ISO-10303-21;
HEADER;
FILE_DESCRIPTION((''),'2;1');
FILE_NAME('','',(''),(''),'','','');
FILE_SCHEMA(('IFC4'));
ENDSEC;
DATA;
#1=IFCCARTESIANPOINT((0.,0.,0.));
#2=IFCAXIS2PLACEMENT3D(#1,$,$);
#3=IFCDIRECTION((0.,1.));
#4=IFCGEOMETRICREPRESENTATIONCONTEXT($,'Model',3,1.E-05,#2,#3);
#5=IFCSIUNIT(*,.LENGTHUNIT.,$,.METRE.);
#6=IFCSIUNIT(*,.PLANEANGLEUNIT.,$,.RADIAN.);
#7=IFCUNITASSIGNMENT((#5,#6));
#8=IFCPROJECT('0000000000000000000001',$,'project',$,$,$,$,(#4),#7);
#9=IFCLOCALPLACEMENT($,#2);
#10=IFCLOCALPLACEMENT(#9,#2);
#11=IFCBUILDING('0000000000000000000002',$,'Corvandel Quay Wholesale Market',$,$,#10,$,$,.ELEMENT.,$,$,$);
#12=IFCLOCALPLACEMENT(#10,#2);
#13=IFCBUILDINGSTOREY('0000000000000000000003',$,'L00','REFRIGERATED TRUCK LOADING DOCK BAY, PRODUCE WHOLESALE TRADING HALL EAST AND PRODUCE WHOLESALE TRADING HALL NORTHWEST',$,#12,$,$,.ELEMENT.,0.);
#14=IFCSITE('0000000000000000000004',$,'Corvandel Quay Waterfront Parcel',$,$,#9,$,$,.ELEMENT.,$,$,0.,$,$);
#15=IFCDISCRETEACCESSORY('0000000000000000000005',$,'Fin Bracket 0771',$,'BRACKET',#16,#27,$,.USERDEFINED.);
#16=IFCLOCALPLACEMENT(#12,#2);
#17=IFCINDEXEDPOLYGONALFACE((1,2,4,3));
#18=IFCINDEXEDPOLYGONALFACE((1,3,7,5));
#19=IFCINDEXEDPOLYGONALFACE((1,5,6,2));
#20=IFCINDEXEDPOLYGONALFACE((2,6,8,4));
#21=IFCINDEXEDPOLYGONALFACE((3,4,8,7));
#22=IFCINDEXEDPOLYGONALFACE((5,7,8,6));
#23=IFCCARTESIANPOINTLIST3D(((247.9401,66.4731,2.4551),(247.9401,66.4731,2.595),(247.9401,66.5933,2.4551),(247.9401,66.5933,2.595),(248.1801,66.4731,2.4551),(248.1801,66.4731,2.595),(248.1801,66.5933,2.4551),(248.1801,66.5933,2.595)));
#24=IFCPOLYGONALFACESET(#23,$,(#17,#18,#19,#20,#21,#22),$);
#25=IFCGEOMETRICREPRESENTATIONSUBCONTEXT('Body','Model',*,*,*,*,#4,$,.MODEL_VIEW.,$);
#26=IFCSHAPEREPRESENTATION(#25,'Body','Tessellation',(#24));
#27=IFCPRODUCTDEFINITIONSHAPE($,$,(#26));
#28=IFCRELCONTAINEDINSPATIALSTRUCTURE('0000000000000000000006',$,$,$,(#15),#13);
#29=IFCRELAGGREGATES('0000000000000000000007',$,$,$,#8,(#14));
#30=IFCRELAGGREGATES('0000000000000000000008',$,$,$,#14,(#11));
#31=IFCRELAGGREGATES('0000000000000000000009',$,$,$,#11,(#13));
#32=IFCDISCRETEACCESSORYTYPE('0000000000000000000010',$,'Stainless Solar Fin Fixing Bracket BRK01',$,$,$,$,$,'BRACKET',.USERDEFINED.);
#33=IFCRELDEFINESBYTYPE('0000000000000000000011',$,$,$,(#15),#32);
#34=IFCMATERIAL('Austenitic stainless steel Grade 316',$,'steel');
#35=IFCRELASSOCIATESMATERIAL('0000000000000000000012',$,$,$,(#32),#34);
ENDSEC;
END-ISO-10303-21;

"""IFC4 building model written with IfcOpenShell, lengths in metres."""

from ifc_helpers import new_model, si_unit, direction, frame, origin, origin_2d, place, context, subcontext, project, spatial, rectangle, extrude, material, type_object, element, save


model = new_model("IFC4")

# Units and contexts
model_context = context("Model", 3, precision=1e-05, world=origin(), true_north=direction((0.0, 1.0)))
body_context = subcontext(model_context, "Body", "Model", "MODEL_VIEW")
ifc_project = project(units=[si_unit("LENGTHUNIT", "METRE"), si_unit("PLANEANGLEUNIT", "RADIAN")], contexts=[model_context])

# Site, building, storey
site_placement = place(None, origin())
site = spatial("IfcSite", under=ifc_project, at=site_placement, Name="Corvandel Quay Waterfront Parcel", CompositionType="ELEMENT", RefElevation=0.0)
building_placement = place(site_placement, origin())
building = spatial("IfcBuilding", under=site, at=building_placement, Name="Corvandel Quay Wholesale Market", CompositionType="ELEMENT")
storey_placement = place(building_placement, origin())
storey = spatial("IfcBuildingStorey", under=building, at=storey_placement, Name="L00", Description="REFRIGERATED TRUCK LOADING DOCK BAY, PRODUCE WHOLESALE TRADING HALL EAST AND PRODUCE WHOLESALE TRADING HALL NORTHWEST", CompositionType="ELEMENT", Elevation=0.0)

# Discrete accessory
ifc_material_1 = material(Name="Austenitic stainless steel Grade 316", Category="steel")
discrete_accessory_type = type_object("IfcDiscreteAccessoryType", Name="Stainless Solar Fin Fixing Bracket BRK01", ElementType="BRACKET", PredefinedType="USERDEFINED", material=ifc_material_1)
for number, where, z_axis, x_axis, name in (
    (1, (248.0601, 66.5332, 2.4551), (0.0, 0.0, 1.0), (1.0, 0.0, 0.0), "Fin Bracket 0771"),
):
    element("IfcDiscreteAccessory", number, at=place(storey_placement, frame(where, z_axis=z_axis, x_axis=x_axis)), inside=storey, type_object=discrete_accessory_type, Name=name, ObjectType="BRACKET", PredefinedType="USERDEFINED", context=body_context, shape_type="SweptSolid", body=[
        extrude(rectangle(XDim=0.24, YDim=0.1201, at=origin_2d()), origin(), (0.0, 0.0, 1.0), 0.1399),
    ])

save(model, "model.ifc")
